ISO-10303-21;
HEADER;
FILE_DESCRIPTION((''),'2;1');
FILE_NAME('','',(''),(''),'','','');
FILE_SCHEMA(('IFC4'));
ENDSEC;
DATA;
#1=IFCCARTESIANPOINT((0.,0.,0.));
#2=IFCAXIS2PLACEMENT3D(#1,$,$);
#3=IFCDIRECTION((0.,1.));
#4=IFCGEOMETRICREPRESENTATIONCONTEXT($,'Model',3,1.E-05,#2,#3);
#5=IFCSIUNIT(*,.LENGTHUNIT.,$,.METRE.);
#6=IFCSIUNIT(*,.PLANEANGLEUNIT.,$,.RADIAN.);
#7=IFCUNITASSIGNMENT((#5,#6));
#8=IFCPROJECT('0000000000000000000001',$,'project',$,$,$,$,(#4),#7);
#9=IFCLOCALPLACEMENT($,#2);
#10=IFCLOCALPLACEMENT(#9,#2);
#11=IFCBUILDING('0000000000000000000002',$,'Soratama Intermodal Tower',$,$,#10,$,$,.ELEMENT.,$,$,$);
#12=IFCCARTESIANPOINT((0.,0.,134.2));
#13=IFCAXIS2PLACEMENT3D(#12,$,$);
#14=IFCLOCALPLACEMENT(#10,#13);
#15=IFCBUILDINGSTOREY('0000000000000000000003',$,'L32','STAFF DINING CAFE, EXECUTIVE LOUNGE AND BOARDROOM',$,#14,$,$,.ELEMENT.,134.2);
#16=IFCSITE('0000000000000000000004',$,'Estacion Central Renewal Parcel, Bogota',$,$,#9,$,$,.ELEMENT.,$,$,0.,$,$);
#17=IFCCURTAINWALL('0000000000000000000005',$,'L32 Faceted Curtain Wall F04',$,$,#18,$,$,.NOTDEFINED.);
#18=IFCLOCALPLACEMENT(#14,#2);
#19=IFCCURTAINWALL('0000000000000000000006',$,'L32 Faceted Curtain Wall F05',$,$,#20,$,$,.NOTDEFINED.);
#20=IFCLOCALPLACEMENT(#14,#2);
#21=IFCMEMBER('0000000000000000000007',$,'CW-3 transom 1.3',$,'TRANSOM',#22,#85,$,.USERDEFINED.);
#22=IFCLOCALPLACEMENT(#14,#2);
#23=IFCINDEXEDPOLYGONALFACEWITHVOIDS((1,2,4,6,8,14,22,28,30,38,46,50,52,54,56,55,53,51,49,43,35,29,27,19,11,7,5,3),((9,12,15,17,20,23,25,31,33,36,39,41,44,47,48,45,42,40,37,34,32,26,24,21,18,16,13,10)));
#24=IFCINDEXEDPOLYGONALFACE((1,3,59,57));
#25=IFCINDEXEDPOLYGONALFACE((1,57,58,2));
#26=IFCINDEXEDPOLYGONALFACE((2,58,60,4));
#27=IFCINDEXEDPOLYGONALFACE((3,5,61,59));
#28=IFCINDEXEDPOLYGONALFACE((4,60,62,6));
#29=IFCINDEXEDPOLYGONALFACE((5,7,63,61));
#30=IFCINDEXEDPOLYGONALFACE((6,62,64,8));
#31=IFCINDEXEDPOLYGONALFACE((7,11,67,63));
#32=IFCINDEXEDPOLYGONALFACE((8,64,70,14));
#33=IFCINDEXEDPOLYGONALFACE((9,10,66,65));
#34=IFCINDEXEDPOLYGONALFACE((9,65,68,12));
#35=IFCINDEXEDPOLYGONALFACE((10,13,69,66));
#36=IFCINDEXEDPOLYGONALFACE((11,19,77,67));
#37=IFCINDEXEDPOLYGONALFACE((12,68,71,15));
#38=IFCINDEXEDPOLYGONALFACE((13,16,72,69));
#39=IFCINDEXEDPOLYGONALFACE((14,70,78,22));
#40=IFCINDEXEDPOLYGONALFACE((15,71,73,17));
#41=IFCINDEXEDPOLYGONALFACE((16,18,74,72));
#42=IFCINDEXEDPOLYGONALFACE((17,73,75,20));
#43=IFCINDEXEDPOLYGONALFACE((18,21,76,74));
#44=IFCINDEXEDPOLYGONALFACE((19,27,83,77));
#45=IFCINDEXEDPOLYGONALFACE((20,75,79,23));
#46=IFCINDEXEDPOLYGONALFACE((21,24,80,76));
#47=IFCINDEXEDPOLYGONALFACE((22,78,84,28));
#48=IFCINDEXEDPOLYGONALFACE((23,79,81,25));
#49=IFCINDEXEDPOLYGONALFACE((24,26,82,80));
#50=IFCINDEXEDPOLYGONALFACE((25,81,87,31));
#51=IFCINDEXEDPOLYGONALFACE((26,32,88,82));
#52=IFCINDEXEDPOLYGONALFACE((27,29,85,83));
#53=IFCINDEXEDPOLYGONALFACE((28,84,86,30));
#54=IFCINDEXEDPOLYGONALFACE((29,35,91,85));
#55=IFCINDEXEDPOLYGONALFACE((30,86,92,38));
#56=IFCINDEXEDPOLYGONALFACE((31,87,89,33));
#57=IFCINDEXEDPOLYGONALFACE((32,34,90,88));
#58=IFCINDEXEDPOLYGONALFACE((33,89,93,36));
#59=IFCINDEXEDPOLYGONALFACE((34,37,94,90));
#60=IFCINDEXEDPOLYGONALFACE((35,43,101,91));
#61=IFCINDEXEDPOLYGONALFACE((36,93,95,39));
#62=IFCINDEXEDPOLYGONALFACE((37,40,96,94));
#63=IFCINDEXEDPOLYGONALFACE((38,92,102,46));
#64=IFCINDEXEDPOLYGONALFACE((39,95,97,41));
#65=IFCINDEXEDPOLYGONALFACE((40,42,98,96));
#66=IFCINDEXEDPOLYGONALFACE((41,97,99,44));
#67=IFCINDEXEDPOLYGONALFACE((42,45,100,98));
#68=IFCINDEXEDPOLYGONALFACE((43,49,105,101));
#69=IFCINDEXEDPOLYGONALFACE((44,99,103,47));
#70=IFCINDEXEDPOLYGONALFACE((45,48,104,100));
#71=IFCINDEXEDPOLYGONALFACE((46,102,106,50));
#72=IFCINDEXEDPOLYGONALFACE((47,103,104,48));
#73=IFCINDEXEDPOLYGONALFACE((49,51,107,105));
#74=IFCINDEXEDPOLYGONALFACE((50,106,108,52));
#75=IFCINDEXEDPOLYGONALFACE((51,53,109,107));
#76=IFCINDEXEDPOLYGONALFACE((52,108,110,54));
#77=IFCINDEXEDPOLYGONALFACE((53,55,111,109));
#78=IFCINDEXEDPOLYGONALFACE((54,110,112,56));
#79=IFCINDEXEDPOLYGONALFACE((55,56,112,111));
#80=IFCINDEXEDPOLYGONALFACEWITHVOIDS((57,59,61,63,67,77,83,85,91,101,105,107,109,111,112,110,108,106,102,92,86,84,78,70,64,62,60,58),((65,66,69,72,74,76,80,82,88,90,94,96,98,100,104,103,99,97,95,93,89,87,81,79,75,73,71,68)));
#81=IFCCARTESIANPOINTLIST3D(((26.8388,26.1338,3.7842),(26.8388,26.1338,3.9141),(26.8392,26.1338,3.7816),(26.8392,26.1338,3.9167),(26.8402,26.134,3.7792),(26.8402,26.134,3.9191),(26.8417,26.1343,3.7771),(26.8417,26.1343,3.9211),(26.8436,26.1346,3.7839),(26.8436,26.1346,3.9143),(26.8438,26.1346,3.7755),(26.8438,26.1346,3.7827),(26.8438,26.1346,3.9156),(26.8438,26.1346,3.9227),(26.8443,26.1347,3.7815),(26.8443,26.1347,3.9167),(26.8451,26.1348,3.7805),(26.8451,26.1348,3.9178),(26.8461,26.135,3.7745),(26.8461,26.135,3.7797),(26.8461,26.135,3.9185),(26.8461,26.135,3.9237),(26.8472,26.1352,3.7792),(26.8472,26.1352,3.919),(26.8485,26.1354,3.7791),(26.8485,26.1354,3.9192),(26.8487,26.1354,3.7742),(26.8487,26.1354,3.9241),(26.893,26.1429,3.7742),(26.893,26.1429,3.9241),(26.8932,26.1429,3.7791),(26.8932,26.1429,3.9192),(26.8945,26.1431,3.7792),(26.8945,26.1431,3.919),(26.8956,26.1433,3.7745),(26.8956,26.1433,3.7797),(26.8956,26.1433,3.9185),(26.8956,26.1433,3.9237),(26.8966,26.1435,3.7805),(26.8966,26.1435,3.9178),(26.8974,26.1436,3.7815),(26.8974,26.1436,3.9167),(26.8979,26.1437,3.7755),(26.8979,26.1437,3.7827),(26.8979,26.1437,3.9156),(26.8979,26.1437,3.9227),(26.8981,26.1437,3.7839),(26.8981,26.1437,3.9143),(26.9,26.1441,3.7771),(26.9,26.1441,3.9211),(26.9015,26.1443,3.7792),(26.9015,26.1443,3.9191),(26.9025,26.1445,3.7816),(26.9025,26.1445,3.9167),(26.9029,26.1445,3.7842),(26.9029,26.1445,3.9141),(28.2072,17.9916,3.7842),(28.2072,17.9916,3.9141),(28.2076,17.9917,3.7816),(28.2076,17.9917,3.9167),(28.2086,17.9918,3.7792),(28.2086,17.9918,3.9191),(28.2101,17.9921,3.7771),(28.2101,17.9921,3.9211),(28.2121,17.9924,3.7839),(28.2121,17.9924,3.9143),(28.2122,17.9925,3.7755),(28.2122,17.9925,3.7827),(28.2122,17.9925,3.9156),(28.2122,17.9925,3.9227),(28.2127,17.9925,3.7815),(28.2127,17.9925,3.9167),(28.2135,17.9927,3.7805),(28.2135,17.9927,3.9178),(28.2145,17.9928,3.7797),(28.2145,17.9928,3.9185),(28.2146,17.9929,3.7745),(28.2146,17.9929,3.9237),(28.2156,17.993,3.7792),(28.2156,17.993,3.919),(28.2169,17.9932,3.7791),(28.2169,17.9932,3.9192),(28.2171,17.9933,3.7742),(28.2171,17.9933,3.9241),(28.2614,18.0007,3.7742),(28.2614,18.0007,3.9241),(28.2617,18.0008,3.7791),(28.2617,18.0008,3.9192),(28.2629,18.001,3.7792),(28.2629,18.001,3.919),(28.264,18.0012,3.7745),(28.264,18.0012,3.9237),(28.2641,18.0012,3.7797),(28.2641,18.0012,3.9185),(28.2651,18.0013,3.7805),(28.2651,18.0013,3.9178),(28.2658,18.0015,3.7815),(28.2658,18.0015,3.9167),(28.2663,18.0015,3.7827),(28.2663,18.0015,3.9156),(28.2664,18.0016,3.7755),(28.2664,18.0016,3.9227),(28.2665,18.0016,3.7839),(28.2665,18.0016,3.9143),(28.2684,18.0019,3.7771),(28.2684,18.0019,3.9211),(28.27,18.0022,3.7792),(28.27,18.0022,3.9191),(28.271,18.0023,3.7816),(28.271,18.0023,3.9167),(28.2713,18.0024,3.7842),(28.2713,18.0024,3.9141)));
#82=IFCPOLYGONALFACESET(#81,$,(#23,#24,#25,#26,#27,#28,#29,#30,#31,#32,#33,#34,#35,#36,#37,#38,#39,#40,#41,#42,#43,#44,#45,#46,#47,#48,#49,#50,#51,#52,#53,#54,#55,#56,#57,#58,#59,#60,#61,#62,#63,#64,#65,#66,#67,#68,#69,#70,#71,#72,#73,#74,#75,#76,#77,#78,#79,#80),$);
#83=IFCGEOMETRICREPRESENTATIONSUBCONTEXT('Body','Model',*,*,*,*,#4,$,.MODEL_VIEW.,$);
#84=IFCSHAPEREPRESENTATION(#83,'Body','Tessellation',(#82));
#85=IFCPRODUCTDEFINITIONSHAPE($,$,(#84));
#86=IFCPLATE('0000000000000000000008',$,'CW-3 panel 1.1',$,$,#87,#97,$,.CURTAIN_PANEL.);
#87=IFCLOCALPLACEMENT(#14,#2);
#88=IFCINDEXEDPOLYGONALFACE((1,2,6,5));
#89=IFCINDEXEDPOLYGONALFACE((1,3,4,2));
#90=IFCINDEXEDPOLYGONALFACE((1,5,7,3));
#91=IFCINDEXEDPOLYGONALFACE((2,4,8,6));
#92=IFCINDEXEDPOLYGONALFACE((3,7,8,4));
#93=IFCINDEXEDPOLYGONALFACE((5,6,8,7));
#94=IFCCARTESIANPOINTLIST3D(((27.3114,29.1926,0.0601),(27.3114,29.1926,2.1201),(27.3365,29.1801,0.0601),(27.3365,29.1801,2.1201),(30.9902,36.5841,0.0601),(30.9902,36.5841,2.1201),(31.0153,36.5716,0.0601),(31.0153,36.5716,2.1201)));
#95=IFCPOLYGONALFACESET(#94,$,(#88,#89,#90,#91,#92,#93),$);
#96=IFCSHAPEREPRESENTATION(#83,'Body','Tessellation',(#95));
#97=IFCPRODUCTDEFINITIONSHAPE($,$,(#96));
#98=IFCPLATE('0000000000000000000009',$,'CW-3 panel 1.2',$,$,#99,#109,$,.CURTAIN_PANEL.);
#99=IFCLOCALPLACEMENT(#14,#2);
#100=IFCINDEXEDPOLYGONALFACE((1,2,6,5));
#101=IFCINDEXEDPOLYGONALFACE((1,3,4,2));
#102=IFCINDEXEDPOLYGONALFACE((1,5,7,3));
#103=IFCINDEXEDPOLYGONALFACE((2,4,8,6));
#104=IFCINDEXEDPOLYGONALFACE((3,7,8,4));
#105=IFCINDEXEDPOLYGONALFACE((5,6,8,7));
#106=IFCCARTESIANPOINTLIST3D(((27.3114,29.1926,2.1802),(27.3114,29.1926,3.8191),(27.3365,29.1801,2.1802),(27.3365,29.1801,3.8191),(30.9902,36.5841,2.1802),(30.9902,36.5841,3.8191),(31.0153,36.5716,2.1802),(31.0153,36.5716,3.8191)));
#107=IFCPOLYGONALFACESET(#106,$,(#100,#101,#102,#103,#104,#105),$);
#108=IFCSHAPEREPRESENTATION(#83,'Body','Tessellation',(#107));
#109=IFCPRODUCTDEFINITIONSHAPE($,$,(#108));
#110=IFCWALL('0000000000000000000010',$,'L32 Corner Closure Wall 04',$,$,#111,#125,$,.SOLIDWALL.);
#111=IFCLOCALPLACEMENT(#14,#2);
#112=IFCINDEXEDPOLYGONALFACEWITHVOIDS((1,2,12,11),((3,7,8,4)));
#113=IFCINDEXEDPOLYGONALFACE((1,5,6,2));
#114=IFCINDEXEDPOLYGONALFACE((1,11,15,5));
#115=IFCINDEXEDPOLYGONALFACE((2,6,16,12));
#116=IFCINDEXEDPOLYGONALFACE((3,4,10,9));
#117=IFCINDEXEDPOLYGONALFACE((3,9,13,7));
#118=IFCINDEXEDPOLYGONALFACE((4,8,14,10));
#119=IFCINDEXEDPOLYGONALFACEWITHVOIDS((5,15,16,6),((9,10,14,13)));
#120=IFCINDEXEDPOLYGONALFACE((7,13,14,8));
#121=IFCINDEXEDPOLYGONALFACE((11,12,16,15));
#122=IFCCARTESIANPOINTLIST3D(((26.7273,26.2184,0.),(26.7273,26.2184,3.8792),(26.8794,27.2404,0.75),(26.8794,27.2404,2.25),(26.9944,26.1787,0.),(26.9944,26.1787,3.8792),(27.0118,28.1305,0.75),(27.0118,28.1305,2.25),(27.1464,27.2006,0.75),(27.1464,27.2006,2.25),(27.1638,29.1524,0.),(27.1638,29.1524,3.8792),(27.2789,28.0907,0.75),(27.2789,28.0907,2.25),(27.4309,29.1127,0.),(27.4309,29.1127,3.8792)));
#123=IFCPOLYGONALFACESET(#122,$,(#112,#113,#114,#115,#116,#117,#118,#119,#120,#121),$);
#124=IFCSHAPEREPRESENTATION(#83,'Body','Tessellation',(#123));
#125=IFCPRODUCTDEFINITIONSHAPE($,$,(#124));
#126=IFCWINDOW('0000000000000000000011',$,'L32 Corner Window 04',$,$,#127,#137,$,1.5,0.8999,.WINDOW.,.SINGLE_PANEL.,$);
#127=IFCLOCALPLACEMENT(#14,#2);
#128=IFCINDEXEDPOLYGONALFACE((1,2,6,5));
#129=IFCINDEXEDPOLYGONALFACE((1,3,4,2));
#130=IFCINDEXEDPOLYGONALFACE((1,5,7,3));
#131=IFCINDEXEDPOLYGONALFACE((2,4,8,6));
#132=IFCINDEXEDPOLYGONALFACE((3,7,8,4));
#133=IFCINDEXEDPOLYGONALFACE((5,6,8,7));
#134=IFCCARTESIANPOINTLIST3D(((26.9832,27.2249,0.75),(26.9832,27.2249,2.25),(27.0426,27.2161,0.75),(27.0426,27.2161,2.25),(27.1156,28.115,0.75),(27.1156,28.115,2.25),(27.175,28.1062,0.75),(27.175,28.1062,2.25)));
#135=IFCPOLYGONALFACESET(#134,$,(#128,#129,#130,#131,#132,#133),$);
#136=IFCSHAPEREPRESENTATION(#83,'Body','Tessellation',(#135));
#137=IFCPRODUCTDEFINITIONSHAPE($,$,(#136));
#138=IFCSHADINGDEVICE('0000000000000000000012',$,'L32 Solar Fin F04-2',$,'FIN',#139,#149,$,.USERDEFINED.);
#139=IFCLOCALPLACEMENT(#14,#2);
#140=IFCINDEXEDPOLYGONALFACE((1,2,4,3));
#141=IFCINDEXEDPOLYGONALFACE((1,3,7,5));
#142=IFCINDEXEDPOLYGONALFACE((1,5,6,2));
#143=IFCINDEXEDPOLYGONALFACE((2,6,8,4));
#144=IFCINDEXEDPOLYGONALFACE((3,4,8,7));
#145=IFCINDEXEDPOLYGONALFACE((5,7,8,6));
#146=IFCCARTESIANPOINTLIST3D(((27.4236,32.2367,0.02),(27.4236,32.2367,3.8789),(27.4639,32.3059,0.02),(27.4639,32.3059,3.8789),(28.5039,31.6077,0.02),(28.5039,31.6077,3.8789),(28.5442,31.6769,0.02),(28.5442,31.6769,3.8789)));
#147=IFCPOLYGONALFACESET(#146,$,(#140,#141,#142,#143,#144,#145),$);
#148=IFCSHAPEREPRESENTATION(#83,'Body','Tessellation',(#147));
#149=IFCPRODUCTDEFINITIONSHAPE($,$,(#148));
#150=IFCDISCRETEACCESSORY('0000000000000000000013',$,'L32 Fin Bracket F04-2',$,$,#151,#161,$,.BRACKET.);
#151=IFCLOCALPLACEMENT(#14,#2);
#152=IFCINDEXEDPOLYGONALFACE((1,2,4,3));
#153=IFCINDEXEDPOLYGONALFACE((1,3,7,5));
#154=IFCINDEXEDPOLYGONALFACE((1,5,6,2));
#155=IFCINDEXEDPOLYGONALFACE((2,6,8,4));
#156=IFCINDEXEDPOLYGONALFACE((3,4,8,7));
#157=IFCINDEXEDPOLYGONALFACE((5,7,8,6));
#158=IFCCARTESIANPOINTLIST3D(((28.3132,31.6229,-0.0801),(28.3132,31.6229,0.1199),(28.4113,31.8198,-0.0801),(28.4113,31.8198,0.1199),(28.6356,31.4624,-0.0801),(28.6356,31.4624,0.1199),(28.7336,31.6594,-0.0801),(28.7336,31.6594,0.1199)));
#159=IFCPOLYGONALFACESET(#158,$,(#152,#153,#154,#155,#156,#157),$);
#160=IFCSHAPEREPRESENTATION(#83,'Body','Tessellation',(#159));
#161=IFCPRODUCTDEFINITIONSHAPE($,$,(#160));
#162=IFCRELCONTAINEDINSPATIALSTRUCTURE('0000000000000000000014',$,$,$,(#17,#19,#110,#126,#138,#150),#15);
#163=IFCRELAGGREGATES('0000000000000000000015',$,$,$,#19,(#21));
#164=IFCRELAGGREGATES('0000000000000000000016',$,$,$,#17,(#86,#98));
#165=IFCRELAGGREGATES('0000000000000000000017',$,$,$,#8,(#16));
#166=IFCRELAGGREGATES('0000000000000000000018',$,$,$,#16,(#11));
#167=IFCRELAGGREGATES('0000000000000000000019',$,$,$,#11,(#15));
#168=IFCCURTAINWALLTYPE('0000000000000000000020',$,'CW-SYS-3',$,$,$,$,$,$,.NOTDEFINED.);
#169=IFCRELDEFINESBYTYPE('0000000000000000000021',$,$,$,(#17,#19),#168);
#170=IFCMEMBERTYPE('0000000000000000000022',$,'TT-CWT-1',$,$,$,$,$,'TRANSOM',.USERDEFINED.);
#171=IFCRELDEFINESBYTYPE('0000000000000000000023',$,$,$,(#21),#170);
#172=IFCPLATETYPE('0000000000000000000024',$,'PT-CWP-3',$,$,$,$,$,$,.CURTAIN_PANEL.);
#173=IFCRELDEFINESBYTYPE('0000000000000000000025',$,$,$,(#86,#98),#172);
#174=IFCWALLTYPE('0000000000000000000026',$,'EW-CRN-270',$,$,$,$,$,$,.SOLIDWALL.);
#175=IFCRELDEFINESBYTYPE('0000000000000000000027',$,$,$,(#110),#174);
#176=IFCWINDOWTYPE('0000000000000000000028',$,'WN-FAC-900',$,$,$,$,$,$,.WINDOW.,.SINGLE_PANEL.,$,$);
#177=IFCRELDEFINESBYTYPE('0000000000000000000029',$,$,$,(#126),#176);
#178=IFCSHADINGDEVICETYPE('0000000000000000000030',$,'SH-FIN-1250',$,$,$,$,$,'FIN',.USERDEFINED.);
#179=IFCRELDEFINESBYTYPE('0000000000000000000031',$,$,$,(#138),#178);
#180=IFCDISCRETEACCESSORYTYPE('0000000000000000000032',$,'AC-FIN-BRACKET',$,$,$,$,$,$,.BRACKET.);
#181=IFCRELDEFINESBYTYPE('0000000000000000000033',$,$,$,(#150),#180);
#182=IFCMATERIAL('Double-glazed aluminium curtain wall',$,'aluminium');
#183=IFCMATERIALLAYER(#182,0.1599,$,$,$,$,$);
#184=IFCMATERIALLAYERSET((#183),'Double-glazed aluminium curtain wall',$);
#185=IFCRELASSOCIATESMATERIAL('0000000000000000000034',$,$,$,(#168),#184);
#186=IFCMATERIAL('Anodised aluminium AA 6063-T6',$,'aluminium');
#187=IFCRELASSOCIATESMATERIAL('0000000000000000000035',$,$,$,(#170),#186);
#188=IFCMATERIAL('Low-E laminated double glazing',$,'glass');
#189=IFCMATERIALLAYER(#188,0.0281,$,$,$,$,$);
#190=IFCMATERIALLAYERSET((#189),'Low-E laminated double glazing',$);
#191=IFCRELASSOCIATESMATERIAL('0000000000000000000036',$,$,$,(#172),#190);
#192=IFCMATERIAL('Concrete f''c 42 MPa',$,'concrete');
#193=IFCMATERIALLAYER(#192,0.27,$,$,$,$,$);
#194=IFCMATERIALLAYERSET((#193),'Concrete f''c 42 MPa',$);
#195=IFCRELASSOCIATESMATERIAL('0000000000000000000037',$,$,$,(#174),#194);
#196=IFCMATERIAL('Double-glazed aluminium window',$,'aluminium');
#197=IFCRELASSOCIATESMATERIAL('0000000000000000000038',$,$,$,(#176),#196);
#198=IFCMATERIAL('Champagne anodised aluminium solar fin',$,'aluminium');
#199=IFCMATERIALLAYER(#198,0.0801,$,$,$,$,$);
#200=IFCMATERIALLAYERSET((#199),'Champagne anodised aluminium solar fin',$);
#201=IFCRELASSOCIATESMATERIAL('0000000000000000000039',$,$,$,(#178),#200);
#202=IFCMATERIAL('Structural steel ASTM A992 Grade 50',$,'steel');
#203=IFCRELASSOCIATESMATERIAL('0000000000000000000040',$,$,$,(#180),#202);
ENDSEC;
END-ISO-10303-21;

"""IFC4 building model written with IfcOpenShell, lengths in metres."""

from ifc_helpers import new_model, si_unit, direction, frame, frame_2d, origin, origin_2d, place, context, subcontext, project, spatial, rectangle, hollow_rectangle, extrude, material, layer, layer_set, material_profile, profile_set, type_object, element, fill, aggregate, save


model = new_model("IFC4")

# Units and contexts
model_context = context("Model", 3, precision=1e-05, world=origin(), true_north=direction((0.0, 1.0)))
body_context = subcontext(model_context, "Body", "Model", "MODEL_VIEW")
ifc_project = project(units=[si_unit("LENGTHUNIT", "METRE"), si_unit("PLANEANGLEUNIT", "RADIAN")], contexts=[model_context])

# Site, building, storey
site_placement = place(None, origin())
site = spatial("IfcSite", under=ifc_project, at=site_placement, Name="Estacion Central Renewal Parcel, Bogota", CompositionType="ELEMENT", RefElevation=0.0)
building_placement = place(site_placement, origin())
building = spatial("IfcBuilding", under=site, at=building_placement, Name="Soratama Intermodal Tower", CompositionType="ELEMENT")
storey_placement = place(building_placement, frame((0.0, 0.0, 134.2)))
storey = spatial("IfcBuildingStorey", under=building, at=storey_placement, Name="L32", Description="STAFF DINING CAFE, EXECUTIVE LOUNGE AND BOARDROOM", CompositionType="ELEMENT", Elevation=134.2)

# Curtain wall
ifc_material_1 = material(Name="Double-glazed aluminium curtain wall", Category="aluminium")
ifc_layer_1 = layer(ifc_material_1, 0.1599)
ifc_layer_set_1 = layer_set([ifc_layer_1], Name="Double-glazed aluminium curtain wall")
curtain_wall_type = type_object("IfcCurtainWallType", Name="CW-SYS-3", PredefinedType="NOTDEFINED", material=ifc_layer_set_1)
curtain_wall_1_placement = place(storey_placement, origin())
curtain_wall_1 = element("IfcCurtainWall", 1, at=curtain_wall_1_placement, inside=storey, type_object=curtain_wall_type, Name="L32 Faceted Curtain Wall F04", PredefinedType="NOTDEFINED")

# Curtain wall, member
curtain_wall_2_placement = place(storey_placement, origin())
curtain_wall_2 = element("IfcCurtainWall", 2, at=curtain_wall_2_placement, inside=storey, type_object=curtain_wall_type, Name="L32 Faceted Curtain Wall F05", PredefinedType="NOTDEFINED")
ifc_material_2 = material(Name="Anodised aluminium AA 6063-T6", Category="aluminium")
ifc_material_profile_1 = material_profile(ifc_material_2, hollow_rectangle(XDim=0.0649, YDim=0.1499, WallThickness=0.0049, InnerFilletRadius=0.0049, OuterFilletRadius=0.01, at=origin_2d()), Name="CWT150X65X5")
ifc_profile_set_1 = profile_set([ifc_material_profile_1], Name="Anodised aluminium AA 6063-T6")
member_type_1 = type_object("IfcMemberType", Name="TT-CWT-1", ElementType="TRANSOM", PredefinedType="USERDEFINED", material=ifc_profile_set_1)
member_1_placement = place(storey_placement, frame((26.8708, 26.1392, 3.8491), z_axis=(0.165741, -0.986169, 0.0), x_axis=(0.986169, 0.165741, 0.0)))
member_1 = element("IfcMember", 3, at=member_1_placement, type_object=member_type_1, Name="CW-3 transom 1.3", ObjectType="TRANSOM", PredefinedType="USERDEFINED", context=body_context, shape_type="SweptSolid", body=[
    extrude(hollow_rectangle(XDim=0.0649, YDim=0.1499, WallThickness=0.0049, InnerFilletRadius=0.0049, OuterFilletRadius=0.01, at=origin_2d()), origin(), (0.0, 0.0, 1.0), 8.2563),
])
aggregate(curtain_wall_2, [member_1])

# Plates
ifc_material_3 = material(Name="Low-E laminated double glazing", Category="glass")
ifc_layer_2 = layer(ifc_material_3, 0.0281)
ifc_layer_set_2 = layer_set([ifc_layer_2], Name="Low-E laminated double glazing")
plate_type = type_object("IfcPlateType", Name="PT-CWP-3", PredefinedType="CURTAIN_PANEL", material=ifc_layer_set_2)
plate_1_placement = place(storey_placement, frame((29.1633, 32.8821, 0.0601), z_axis=(0.0, 0.0, 1.0), x_axis=(-0.44557, -0.895247, 0.0)))
plate_1 = element("IfcPlate", 4, at=plate_1_placement, type_object=plate_type, Name="CW-3 panel 1.1", PredefinedType="CURTAIN_PANEL", context=body_context, shape_type="SweptSolid", body=[
    extrude(rectangle(XDim=8.2563, YDim=0.0281, at=origin_2d()), origin(), (0.0, 0.0, 1.0), 2.0601),
])
plate_2_placement = place(storey_placement, frame((29.1633, 32.8821, 2.1802), z_axis=(0.0, 0.0, 1.0), x_axis=(-0.44557, -0.895247, 0.0)))
plate_2 = element("IfcPlate", 5, at=plate_2_placement, type_object=plate_type, Name="CW-3 panel 1.2", PredefinedType="CURTAIN_PANEL", context=body_context, shape_type="SweptSolid", body=[
    extrude(rectangle(XDim=8.2563, YDim=0.0281, at=origin_2d()), origin(), (0.0, 0.0, 1.0), 1.6389),
])
aggregate(curtain_wall_1, [plate_1, plate_2])

# Wall, opening, window
ifc_material_4 = material(Name="Concrete f'c 42 MPa", Category="concrete")
ifc_layer_3 = layer(ifc_material_4, 0.27)
ifc_layer_set_3 = layer_set([ifc_layer_3], Name="Concrete f'c 42 MPa")
wall_type = type_object("IfcWallType", Name="EW-CRN-270", PredefinedType="SOLIDWALL", material=ifc_layer_set_3)
wall_placement = place(storey_placement, frame((27.2974, 29.1326, 0.0), z_axis=(0.0, 0.0, 1.0), x_axis=(-0.147157, -0.989113, 0.0)))
wall = element("IfcWall", 6, at=wall_placement, inside=storey, type_object=wall_type, Name="L32 Corner Closure Wall 04", PredefinedType="SOLIDWALL", context=body_context, shape_type="SweptSolid", body=[
    extrude(rectangle(XDim=2.9663, YDim=0.27, at=frame_2d((1.4832, 0.0))), origin(), (0.0, 0.0, 1.0), 3.8792),
])
opening_placement = place(wall_placement, frame((1.0332, 0.0, 0.75)))
opening = element("IfcOpeningElement", 7, at=opening_placement, cuts=wall, PredefinedType="OPENING", context=body_context, shape_type="SweptSolid", body=[
    extrude(rectangle(XDim=0.8999, YDim=1.5, at=frame_2d((0.45, 0.75))), frame((0.0, 0.145, 0.0), z_axis=(0.0, -1.0, 0.0), x_axis=(1.0, 0.0, 0.0)), (0.0, 0.0, 1.0), 0.29),
])
ifc_material_5 = material(Name="Double-glazed aluminium window", Category="aluminium")
window_type = type_object("IfcWindowType", Name="WN-FAC-900", PartitioningType="SINGLE_PANEL", PredefinedType="WINDOW", material=ifc_material_5)
window_placement = place(opening_placement, origin())
window = element("IfcWindow", 8, at=window_placement, inside=storey, type_object=window_type, Name="L32 Corner Window 04", OverallHeight=1.5, OverallWidth=0.8999, PartitioningType="SINGLE_PANEL", PredefinedType="WINDOW", context=body_context, shape_type="SweptSolid", body=[
    extrude(rectangle(XDim=0.8999, YDim=1.5, at=frame_2d((0.45, 0.75))), frame((0.0, 0.03, 0.0), z_axis=(0.0, -1.0, 0.0), x_axis=(1.0, 0.0, 0.0)), (0.0, 0.0, 1.0), 0.0601),
])
fill(opening, window)

# Shading device
ifc_material_6 = material(Name="Champagne anodised aluminium solar fin", Category="aluminium")
ifc_layer_4 = layer(ifc_material_6, 0.0801)
ifc_layer_set_4 = layer_set([ifc_layer_4], Name="Champagne anodised aluminium solar fin")
shading_device_type = type_object("IfcShadingDeviceType", Name="SH-FIN-1250", ElementType="FIN", PredefinedType="USERDEFINED", material=ifc_layer_set_4)
shading_device_placement = place(storey_placement, frame((27.9839, 31.9568, 0.02), z_axis=(0.0, 0.0, 1.0), x_axis=(-0.864187, 0.503171, 0.0)))
element("IfcShadingDevice", 9, at=shading_device_placement, inside=storey, type_object=shading_device_type, Name="L32 Solar Fin F04-2", ObjectType="FIN", PredefinedType="USERDEFINED", context=body_context, shape_type="SweptSolid", body=[
    extrude(rectangle(XDim=1.25, YDim=0.0801, at=origin_2d()), origin(), (0.0, 0.0, 1.0), 3.8589),
])

# Discrete accessory
ifc_material_7 = material(Name="Structural steel ASTM A992 Grade 50", Category="steel")
discrete_accessory_type = type_object("IfcDiscreteAccessoryType", Name="AC-FIN-BRACKET", PredefinedType="BRACKET", material=ifc_material_7)
discrete_accessory_placement = place(storey_placement, frame((28.5234, 31.6411, -0.0801), z_axis=(0.0, 0.0, 1.0), x_axis=(-0.895246, 0.445573, 0.0)))
element("IfcDiscreteAccessory", 10, at=discrete_accessory_placement, inside=storey, type_object=discrete_accessory_type, Name="L32 Fin Bracket F04-2", PredefinedType="BRACKET", context=body_context, shape_type="SweptSolid", body=[
    extrude(rectangle(XDim=0.3601, YDim=0.22, at=origin_2d()), origin(), (0.0, 0.0, 1.0), 0.2),
])

save(model, "model.ifc")
